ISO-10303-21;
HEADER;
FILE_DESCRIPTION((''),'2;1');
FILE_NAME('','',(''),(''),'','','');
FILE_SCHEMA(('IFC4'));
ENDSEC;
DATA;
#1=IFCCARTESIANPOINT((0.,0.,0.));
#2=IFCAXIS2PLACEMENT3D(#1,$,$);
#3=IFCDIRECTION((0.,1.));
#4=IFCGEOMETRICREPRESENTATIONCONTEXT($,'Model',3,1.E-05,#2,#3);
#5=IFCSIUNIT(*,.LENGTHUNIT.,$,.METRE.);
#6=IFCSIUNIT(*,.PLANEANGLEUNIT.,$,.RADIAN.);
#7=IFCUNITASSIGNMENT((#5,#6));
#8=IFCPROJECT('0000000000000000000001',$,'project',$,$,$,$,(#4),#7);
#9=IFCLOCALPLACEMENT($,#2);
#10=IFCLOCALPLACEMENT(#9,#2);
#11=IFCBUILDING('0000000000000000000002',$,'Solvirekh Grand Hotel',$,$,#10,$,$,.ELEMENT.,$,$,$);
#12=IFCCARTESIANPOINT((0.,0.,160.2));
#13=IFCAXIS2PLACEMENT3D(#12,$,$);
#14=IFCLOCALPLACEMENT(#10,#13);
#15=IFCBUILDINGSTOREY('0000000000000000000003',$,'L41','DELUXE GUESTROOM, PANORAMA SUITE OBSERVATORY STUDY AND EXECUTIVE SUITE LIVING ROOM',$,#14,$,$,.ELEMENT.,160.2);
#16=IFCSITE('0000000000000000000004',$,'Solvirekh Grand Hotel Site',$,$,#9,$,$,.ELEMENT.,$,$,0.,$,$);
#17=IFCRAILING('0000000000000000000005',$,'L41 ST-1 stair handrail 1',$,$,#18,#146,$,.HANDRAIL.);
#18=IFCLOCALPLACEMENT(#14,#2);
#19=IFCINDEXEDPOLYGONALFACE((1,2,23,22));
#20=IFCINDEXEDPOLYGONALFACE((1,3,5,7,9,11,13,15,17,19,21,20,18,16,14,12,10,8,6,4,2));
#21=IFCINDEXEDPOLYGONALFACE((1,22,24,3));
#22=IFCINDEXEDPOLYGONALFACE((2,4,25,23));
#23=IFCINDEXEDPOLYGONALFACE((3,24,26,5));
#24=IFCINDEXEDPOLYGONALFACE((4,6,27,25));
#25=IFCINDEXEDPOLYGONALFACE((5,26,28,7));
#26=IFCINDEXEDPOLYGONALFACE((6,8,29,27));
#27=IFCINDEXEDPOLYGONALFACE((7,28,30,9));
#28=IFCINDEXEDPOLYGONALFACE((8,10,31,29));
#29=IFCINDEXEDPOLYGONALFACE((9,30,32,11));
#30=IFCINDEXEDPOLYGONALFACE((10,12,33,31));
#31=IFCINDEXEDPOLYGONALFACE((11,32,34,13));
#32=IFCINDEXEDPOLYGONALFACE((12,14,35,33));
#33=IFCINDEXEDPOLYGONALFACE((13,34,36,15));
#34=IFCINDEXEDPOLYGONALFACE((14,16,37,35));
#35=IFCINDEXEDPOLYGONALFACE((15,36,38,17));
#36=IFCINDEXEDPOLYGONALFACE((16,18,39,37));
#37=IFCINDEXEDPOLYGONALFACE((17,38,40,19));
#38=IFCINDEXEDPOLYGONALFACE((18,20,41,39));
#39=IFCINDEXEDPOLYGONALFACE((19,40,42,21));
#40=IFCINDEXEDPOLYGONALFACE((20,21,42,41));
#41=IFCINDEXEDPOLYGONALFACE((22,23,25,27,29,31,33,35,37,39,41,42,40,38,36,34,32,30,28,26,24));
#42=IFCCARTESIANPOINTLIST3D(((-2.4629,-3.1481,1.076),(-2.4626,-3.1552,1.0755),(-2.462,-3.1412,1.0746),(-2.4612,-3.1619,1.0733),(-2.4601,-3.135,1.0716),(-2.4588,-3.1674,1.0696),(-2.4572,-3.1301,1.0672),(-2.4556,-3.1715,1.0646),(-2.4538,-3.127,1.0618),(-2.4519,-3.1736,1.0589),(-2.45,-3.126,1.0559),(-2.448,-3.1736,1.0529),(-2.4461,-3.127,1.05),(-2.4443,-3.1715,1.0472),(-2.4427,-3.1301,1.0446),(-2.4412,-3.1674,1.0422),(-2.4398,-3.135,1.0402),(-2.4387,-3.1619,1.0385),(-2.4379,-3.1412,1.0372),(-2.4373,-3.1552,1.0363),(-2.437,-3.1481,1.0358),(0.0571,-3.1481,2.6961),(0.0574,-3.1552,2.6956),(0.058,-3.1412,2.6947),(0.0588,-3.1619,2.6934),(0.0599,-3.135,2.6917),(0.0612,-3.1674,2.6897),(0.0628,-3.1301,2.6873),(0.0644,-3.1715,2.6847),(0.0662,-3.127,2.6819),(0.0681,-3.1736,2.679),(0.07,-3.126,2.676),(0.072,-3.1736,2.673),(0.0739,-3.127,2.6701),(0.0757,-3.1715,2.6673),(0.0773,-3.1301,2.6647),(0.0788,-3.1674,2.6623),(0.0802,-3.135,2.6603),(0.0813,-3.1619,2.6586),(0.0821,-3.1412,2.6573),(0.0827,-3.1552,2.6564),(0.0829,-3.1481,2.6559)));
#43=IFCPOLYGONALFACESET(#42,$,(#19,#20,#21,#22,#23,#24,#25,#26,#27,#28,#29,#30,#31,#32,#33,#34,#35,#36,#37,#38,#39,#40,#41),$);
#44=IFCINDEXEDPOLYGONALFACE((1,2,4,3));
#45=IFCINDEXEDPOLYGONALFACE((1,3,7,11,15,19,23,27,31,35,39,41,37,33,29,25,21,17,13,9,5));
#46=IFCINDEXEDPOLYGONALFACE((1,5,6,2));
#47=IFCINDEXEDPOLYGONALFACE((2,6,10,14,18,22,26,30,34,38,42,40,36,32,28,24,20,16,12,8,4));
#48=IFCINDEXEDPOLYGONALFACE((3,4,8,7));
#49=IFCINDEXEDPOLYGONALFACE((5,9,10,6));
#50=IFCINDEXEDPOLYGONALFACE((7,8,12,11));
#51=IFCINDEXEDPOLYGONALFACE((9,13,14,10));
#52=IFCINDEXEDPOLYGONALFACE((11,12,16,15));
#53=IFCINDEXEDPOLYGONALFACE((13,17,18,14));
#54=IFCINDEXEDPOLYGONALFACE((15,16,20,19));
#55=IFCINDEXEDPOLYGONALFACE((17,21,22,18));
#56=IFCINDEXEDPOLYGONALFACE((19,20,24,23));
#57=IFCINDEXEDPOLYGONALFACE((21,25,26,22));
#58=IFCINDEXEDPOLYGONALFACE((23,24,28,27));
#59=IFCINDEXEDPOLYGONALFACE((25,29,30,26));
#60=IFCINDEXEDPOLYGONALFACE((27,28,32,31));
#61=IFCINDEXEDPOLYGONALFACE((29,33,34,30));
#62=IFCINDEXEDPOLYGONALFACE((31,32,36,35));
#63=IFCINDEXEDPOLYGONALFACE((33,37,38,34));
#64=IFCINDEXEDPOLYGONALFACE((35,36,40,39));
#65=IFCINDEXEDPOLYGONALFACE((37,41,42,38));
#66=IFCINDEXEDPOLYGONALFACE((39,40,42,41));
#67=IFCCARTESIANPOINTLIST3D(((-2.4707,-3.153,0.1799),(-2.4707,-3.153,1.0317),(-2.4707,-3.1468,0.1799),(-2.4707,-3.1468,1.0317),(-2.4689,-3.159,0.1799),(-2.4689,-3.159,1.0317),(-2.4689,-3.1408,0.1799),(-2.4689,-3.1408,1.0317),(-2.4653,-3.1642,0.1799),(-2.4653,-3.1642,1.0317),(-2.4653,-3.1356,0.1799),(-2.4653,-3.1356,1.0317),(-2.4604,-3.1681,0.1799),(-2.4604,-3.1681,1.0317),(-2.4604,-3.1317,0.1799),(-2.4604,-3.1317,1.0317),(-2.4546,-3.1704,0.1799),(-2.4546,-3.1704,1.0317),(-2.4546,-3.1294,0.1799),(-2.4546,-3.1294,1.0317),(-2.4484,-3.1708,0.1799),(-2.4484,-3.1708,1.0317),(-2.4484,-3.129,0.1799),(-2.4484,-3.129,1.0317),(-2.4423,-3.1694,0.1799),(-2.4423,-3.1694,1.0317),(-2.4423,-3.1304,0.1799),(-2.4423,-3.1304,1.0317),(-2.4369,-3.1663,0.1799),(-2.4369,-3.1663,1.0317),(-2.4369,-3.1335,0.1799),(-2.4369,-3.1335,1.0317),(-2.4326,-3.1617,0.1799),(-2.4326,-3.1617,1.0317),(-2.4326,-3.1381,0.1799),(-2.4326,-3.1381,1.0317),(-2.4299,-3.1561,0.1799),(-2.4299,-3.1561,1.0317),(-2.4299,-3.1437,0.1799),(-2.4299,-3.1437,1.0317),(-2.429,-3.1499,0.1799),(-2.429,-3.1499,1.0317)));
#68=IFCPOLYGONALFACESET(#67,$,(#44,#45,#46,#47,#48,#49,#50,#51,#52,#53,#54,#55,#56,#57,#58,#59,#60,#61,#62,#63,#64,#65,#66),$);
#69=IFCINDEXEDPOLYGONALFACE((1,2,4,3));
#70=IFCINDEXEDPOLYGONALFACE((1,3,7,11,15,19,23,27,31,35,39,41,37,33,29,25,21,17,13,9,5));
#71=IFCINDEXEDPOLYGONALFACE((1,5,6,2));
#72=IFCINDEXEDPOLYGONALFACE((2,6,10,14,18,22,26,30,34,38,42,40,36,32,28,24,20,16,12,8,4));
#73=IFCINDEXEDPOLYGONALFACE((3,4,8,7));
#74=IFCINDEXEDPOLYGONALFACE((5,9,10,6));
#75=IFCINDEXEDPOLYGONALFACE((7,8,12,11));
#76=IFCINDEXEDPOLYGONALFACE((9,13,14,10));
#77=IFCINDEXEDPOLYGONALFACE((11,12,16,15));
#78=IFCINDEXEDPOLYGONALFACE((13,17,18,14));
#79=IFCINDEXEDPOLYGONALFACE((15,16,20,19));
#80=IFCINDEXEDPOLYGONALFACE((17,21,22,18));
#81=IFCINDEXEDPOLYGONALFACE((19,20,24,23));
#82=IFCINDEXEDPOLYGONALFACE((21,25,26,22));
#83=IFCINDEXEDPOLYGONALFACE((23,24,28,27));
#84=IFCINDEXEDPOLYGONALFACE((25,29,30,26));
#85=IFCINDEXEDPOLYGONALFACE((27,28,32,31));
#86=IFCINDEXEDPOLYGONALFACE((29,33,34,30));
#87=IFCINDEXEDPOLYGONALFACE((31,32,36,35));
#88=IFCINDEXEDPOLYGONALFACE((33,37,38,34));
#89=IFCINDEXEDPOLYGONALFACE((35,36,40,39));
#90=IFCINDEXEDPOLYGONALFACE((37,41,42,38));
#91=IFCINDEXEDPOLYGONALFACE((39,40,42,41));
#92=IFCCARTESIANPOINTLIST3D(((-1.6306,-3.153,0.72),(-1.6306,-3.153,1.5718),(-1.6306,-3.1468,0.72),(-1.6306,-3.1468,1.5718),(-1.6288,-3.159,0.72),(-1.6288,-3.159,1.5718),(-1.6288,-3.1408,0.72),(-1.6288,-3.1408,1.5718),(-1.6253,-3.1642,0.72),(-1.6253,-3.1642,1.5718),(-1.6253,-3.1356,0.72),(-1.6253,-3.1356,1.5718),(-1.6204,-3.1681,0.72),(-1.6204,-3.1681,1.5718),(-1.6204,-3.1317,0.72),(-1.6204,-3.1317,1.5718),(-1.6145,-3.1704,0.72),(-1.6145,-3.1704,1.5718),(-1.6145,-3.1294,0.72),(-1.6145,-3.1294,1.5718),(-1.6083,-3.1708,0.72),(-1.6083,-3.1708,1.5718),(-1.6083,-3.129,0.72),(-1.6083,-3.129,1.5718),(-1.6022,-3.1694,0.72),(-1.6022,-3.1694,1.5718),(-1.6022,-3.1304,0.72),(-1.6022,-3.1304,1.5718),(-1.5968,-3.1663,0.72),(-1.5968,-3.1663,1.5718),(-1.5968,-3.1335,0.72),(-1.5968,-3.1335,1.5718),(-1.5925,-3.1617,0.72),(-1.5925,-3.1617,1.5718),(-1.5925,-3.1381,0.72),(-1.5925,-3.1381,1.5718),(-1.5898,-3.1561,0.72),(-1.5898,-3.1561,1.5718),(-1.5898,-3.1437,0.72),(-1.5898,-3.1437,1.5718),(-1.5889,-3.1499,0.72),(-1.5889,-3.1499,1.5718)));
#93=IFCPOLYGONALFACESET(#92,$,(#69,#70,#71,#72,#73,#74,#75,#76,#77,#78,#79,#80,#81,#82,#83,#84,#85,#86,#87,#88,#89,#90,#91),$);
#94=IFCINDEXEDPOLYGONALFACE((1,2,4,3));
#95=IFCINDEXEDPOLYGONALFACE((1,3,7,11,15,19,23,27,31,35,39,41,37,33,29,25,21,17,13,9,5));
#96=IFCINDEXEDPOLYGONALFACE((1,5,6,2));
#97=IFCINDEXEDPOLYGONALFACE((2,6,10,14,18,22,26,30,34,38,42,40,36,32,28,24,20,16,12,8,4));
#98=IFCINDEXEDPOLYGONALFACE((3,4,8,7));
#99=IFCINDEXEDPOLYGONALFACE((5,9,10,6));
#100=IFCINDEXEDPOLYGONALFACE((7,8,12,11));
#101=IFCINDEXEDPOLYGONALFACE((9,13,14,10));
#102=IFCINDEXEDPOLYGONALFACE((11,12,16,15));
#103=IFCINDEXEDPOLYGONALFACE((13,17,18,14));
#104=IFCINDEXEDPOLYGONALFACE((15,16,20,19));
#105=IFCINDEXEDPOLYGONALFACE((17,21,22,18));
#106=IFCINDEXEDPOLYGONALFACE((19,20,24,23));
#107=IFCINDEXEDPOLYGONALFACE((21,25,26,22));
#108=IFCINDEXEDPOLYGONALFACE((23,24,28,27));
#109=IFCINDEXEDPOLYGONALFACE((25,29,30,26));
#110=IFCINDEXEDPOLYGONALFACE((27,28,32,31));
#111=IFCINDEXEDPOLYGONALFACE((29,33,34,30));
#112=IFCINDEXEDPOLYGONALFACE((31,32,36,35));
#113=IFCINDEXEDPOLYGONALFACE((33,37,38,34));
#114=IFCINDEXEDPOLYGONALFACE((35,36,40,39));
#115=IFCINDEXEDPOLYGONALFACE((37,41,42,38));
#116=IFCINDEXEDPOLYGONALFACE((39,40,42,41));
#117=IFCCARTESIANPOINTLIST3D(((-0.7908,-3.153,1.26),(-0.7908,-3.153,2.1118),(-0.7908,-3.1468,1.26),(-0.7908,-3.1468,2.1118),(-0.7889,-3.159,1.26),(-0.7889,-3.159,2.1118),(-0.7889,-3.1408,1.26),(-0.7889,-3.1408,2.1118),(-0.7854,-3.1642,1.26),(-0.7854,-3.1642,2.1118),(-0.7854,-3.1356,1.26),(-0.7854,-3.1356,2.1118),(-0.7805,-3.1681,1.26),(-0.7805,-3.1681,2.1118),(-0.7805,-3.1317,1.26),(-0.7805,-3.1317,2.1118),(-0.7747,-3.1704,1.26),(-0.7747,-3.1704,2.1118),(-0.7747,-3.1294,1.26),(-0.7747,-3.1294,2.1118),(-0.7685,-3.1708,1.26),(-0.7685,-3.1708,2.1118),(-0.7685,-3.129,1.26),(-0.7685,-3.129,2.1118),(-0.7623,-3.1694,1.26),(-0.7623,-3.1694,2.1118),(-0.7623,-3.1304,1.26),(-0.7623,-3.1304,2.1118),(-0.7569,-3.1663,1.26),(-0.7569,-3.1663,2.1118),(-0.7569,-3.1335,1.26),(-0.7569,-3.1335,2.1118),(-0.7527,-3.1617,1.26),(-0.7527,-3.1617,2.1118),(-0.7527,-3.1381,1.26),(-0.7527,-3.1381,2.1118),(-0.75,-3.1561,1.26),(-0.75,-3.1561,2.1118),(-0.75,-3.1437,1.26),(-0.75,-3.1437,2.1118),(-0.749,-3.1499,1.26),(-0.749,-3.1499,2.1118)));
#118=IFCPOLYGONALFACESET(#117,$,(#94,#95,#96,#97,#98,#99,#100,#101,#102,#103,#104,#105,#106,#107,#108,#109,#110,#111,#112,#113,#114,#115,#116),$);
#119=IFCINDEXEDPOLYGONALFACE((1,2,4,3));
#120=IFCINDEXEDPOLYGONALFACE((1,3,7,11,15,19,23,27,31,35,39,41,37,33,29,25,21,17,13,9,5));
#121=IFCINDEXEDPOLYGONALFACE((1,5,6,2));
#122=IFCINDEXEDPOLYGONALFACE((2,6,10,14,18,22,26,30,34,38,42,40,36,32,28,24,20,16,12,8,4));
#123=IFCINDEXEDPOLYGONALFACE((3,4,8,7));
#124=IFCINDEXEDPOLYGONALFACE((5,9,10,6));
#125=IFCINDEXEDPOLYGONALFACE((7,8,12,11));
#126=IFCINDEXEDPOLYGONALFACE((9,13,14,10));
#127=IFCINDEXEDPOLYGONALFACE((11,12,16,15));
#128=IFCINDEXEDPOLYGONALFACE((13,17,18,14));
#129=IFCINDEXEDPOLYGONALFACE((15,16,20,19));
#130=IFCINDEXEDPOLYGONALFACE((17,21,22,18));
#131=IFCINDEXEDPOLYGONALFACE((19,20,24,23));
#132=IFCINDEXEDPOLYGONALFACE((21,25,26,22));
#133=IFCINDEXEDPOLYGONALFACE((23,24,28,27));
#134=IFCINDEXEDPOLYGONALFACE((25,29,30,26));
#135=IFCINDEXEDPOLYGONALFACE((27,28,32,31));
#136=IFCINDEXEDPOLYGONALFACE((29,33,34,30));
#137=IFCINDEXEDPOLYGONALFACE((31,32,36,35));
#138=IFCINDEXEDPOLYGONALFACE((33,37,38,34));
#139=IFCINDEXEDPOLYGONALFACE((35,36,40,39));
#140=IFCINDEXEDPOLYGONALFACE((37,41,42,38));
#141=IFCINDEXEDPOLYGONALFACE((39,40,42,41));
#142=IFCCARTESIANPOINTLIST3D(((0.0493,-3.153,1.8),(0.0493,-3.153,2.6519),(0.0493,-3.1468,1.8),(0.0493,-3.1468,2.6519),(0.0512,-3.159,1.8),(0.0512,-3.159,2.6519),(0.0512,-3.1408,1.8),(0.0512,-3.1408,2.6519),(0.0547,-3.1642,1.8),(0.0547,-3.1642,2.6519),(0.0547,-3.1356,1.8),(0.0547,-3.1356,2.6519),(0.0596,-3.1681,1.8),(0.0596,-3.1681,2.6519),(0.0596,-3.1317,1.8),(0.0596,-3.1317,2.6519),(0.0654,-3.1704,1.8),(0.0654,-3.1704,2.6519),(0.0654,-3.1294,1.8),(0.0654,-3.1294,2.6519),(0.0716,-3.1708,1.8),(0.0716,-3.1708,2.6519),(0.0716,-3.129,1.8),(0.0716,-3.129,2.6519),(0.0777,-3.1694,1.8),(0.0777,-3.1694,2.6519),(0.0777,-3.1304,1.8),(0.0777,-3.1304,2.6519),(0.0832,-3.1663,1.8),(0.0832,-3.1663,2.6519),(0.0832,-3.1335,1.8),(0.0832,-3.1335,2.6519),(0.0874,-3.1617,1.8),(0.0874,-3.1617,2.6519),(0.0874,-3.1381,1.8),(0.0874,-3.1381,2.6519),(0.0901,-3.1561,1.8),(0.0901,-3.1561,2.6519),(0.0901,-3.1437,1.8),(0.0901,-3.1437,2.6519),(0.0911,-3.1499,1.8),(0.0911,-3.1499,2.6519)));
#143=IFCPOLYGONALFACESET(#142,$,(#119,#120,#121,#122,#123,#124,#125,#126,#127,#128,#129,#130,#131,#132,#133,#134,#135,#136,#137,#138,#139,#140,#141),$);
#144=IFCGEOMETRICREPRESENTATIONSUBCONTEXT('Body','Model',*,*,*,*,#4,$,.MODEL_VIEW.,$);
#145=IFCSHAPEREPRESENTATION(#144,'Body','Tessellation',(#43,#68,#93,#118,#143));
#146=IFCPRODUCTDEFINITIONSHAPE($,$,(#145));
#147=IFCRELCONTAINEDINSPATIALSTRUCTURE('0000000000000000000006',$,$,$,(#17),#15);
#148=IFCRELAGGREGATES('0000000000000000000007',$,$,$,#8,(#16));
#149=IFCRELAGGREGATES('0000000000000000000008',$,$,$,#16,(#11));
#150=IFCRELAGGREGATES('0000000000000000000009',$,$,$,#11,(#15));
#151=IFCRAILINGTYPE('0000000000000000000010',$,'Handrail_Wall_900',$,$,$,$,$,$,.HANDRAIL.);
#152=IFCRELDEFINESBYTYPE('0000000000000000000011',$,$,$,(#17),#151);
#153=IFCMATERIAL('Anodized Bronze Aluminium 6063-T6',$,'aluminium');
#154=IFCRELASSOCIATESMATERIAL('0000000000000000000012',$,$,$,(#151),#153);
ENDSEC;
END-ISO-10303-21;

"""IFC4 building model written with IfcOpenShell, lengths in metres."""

from ifc_helpers import new_model, si_unit, direction, frame, origin, origin_2d, place, context, subcontext, project, spatial, circle, extrude, material, type_object, element, save


model = new_model("IFC4")

# Units and contexts
model_context = context("Model", 3, precision=1e-05, world=origin(), true_north=direction((0.0, 1.0)))
body_context = subcontext(model_context, "Body", "Model", "MODEL_VIEW")
ifc_project = project(units=[si_unit("LENGTHUNIT", "METRE"), si_unit("PLANEANGLEUNIT", "RADIAN")], contexts=[model_context])

# Site, building, storey
site_placement = place(None, origin())
site = spatial("IfcSite", under=ifc_project, at=site_placement, Name="Solvirekh Grand Hotel Site", CompositionType="ELEMENT", RefElevation=0.0)
building_placement = place(site_placement, origin())
building = spatial("IfcBuilding", under=site, at=building_placement, Name="Solvirekh Grand Hotel", CompositionType="ELEMENT")
storey_placement = place(building_placement, frame((0.0, 0.0, 160.2)))
storey = spatial("IfcBuildingStorey", under=building, at=storey_placement, Name="L41", Description="DELUXE GUESTROOM, PANORAMA SUITE OBSERVATORY STUDY AND EXECUTIVE SUITE LIVING ROOM", CompositionType="ELEMENT", Elevation=160.2)

# Railing
ifc_material_1 = material(Name="Anodized Bronze Aluminium 6063-T6", Category="aluminium")
railing_type_1 = type_object("IfcRailingType", Name="Handrail_Wall_900", PredefinedType="HANDRAIL", material=ifc_material_1)
for number, where, name in (
    (1, (-2.45, -3.1499, 0.1799), "L41 ST-1 stair handrail 1"),
):
    element("IfcRailing", number, at=place(storey_placement, frame(where)), inside=storey, type_object=railing_type_1, Name=name, PredefinedType="HANDRAIL", context=body_context, shape_type="SweptSolid", body=[
        extrude(circle(Radius=0.0239, at=origin_2d()), frame((0.0, 0.0, 0.876), z_axis=(0.841163, 0.0, 0.540782), x_axis=(0.0, 1.0, 0.0)), (0.0, 0.0, 1.0), 2.9958),
        extrude(circle(Radius=0.021, at=origin_2d()), origin(), (0.0, 0.0, 1.0), 0.8518),
        extrude(circle(Radius=0.021, at=origin_2d()), frame((0.8401, 0.0, 0.54)), (0.0, 0.0, 1.0), 0.8518),
        extrude(circle(Radius=0.021, at=origin_2d()), frame((1.6799, 0.0, 1.0801)), (0.0, 0.0, 1.0), 0.8518),
        extrude(circle(Radius=0.021, at=origin_2d()), frame((2.52, 0.0, 1.6201)), (0.0, 0.0, 1.0), 0.8518),
    ])

save(model, "model.ifc")
